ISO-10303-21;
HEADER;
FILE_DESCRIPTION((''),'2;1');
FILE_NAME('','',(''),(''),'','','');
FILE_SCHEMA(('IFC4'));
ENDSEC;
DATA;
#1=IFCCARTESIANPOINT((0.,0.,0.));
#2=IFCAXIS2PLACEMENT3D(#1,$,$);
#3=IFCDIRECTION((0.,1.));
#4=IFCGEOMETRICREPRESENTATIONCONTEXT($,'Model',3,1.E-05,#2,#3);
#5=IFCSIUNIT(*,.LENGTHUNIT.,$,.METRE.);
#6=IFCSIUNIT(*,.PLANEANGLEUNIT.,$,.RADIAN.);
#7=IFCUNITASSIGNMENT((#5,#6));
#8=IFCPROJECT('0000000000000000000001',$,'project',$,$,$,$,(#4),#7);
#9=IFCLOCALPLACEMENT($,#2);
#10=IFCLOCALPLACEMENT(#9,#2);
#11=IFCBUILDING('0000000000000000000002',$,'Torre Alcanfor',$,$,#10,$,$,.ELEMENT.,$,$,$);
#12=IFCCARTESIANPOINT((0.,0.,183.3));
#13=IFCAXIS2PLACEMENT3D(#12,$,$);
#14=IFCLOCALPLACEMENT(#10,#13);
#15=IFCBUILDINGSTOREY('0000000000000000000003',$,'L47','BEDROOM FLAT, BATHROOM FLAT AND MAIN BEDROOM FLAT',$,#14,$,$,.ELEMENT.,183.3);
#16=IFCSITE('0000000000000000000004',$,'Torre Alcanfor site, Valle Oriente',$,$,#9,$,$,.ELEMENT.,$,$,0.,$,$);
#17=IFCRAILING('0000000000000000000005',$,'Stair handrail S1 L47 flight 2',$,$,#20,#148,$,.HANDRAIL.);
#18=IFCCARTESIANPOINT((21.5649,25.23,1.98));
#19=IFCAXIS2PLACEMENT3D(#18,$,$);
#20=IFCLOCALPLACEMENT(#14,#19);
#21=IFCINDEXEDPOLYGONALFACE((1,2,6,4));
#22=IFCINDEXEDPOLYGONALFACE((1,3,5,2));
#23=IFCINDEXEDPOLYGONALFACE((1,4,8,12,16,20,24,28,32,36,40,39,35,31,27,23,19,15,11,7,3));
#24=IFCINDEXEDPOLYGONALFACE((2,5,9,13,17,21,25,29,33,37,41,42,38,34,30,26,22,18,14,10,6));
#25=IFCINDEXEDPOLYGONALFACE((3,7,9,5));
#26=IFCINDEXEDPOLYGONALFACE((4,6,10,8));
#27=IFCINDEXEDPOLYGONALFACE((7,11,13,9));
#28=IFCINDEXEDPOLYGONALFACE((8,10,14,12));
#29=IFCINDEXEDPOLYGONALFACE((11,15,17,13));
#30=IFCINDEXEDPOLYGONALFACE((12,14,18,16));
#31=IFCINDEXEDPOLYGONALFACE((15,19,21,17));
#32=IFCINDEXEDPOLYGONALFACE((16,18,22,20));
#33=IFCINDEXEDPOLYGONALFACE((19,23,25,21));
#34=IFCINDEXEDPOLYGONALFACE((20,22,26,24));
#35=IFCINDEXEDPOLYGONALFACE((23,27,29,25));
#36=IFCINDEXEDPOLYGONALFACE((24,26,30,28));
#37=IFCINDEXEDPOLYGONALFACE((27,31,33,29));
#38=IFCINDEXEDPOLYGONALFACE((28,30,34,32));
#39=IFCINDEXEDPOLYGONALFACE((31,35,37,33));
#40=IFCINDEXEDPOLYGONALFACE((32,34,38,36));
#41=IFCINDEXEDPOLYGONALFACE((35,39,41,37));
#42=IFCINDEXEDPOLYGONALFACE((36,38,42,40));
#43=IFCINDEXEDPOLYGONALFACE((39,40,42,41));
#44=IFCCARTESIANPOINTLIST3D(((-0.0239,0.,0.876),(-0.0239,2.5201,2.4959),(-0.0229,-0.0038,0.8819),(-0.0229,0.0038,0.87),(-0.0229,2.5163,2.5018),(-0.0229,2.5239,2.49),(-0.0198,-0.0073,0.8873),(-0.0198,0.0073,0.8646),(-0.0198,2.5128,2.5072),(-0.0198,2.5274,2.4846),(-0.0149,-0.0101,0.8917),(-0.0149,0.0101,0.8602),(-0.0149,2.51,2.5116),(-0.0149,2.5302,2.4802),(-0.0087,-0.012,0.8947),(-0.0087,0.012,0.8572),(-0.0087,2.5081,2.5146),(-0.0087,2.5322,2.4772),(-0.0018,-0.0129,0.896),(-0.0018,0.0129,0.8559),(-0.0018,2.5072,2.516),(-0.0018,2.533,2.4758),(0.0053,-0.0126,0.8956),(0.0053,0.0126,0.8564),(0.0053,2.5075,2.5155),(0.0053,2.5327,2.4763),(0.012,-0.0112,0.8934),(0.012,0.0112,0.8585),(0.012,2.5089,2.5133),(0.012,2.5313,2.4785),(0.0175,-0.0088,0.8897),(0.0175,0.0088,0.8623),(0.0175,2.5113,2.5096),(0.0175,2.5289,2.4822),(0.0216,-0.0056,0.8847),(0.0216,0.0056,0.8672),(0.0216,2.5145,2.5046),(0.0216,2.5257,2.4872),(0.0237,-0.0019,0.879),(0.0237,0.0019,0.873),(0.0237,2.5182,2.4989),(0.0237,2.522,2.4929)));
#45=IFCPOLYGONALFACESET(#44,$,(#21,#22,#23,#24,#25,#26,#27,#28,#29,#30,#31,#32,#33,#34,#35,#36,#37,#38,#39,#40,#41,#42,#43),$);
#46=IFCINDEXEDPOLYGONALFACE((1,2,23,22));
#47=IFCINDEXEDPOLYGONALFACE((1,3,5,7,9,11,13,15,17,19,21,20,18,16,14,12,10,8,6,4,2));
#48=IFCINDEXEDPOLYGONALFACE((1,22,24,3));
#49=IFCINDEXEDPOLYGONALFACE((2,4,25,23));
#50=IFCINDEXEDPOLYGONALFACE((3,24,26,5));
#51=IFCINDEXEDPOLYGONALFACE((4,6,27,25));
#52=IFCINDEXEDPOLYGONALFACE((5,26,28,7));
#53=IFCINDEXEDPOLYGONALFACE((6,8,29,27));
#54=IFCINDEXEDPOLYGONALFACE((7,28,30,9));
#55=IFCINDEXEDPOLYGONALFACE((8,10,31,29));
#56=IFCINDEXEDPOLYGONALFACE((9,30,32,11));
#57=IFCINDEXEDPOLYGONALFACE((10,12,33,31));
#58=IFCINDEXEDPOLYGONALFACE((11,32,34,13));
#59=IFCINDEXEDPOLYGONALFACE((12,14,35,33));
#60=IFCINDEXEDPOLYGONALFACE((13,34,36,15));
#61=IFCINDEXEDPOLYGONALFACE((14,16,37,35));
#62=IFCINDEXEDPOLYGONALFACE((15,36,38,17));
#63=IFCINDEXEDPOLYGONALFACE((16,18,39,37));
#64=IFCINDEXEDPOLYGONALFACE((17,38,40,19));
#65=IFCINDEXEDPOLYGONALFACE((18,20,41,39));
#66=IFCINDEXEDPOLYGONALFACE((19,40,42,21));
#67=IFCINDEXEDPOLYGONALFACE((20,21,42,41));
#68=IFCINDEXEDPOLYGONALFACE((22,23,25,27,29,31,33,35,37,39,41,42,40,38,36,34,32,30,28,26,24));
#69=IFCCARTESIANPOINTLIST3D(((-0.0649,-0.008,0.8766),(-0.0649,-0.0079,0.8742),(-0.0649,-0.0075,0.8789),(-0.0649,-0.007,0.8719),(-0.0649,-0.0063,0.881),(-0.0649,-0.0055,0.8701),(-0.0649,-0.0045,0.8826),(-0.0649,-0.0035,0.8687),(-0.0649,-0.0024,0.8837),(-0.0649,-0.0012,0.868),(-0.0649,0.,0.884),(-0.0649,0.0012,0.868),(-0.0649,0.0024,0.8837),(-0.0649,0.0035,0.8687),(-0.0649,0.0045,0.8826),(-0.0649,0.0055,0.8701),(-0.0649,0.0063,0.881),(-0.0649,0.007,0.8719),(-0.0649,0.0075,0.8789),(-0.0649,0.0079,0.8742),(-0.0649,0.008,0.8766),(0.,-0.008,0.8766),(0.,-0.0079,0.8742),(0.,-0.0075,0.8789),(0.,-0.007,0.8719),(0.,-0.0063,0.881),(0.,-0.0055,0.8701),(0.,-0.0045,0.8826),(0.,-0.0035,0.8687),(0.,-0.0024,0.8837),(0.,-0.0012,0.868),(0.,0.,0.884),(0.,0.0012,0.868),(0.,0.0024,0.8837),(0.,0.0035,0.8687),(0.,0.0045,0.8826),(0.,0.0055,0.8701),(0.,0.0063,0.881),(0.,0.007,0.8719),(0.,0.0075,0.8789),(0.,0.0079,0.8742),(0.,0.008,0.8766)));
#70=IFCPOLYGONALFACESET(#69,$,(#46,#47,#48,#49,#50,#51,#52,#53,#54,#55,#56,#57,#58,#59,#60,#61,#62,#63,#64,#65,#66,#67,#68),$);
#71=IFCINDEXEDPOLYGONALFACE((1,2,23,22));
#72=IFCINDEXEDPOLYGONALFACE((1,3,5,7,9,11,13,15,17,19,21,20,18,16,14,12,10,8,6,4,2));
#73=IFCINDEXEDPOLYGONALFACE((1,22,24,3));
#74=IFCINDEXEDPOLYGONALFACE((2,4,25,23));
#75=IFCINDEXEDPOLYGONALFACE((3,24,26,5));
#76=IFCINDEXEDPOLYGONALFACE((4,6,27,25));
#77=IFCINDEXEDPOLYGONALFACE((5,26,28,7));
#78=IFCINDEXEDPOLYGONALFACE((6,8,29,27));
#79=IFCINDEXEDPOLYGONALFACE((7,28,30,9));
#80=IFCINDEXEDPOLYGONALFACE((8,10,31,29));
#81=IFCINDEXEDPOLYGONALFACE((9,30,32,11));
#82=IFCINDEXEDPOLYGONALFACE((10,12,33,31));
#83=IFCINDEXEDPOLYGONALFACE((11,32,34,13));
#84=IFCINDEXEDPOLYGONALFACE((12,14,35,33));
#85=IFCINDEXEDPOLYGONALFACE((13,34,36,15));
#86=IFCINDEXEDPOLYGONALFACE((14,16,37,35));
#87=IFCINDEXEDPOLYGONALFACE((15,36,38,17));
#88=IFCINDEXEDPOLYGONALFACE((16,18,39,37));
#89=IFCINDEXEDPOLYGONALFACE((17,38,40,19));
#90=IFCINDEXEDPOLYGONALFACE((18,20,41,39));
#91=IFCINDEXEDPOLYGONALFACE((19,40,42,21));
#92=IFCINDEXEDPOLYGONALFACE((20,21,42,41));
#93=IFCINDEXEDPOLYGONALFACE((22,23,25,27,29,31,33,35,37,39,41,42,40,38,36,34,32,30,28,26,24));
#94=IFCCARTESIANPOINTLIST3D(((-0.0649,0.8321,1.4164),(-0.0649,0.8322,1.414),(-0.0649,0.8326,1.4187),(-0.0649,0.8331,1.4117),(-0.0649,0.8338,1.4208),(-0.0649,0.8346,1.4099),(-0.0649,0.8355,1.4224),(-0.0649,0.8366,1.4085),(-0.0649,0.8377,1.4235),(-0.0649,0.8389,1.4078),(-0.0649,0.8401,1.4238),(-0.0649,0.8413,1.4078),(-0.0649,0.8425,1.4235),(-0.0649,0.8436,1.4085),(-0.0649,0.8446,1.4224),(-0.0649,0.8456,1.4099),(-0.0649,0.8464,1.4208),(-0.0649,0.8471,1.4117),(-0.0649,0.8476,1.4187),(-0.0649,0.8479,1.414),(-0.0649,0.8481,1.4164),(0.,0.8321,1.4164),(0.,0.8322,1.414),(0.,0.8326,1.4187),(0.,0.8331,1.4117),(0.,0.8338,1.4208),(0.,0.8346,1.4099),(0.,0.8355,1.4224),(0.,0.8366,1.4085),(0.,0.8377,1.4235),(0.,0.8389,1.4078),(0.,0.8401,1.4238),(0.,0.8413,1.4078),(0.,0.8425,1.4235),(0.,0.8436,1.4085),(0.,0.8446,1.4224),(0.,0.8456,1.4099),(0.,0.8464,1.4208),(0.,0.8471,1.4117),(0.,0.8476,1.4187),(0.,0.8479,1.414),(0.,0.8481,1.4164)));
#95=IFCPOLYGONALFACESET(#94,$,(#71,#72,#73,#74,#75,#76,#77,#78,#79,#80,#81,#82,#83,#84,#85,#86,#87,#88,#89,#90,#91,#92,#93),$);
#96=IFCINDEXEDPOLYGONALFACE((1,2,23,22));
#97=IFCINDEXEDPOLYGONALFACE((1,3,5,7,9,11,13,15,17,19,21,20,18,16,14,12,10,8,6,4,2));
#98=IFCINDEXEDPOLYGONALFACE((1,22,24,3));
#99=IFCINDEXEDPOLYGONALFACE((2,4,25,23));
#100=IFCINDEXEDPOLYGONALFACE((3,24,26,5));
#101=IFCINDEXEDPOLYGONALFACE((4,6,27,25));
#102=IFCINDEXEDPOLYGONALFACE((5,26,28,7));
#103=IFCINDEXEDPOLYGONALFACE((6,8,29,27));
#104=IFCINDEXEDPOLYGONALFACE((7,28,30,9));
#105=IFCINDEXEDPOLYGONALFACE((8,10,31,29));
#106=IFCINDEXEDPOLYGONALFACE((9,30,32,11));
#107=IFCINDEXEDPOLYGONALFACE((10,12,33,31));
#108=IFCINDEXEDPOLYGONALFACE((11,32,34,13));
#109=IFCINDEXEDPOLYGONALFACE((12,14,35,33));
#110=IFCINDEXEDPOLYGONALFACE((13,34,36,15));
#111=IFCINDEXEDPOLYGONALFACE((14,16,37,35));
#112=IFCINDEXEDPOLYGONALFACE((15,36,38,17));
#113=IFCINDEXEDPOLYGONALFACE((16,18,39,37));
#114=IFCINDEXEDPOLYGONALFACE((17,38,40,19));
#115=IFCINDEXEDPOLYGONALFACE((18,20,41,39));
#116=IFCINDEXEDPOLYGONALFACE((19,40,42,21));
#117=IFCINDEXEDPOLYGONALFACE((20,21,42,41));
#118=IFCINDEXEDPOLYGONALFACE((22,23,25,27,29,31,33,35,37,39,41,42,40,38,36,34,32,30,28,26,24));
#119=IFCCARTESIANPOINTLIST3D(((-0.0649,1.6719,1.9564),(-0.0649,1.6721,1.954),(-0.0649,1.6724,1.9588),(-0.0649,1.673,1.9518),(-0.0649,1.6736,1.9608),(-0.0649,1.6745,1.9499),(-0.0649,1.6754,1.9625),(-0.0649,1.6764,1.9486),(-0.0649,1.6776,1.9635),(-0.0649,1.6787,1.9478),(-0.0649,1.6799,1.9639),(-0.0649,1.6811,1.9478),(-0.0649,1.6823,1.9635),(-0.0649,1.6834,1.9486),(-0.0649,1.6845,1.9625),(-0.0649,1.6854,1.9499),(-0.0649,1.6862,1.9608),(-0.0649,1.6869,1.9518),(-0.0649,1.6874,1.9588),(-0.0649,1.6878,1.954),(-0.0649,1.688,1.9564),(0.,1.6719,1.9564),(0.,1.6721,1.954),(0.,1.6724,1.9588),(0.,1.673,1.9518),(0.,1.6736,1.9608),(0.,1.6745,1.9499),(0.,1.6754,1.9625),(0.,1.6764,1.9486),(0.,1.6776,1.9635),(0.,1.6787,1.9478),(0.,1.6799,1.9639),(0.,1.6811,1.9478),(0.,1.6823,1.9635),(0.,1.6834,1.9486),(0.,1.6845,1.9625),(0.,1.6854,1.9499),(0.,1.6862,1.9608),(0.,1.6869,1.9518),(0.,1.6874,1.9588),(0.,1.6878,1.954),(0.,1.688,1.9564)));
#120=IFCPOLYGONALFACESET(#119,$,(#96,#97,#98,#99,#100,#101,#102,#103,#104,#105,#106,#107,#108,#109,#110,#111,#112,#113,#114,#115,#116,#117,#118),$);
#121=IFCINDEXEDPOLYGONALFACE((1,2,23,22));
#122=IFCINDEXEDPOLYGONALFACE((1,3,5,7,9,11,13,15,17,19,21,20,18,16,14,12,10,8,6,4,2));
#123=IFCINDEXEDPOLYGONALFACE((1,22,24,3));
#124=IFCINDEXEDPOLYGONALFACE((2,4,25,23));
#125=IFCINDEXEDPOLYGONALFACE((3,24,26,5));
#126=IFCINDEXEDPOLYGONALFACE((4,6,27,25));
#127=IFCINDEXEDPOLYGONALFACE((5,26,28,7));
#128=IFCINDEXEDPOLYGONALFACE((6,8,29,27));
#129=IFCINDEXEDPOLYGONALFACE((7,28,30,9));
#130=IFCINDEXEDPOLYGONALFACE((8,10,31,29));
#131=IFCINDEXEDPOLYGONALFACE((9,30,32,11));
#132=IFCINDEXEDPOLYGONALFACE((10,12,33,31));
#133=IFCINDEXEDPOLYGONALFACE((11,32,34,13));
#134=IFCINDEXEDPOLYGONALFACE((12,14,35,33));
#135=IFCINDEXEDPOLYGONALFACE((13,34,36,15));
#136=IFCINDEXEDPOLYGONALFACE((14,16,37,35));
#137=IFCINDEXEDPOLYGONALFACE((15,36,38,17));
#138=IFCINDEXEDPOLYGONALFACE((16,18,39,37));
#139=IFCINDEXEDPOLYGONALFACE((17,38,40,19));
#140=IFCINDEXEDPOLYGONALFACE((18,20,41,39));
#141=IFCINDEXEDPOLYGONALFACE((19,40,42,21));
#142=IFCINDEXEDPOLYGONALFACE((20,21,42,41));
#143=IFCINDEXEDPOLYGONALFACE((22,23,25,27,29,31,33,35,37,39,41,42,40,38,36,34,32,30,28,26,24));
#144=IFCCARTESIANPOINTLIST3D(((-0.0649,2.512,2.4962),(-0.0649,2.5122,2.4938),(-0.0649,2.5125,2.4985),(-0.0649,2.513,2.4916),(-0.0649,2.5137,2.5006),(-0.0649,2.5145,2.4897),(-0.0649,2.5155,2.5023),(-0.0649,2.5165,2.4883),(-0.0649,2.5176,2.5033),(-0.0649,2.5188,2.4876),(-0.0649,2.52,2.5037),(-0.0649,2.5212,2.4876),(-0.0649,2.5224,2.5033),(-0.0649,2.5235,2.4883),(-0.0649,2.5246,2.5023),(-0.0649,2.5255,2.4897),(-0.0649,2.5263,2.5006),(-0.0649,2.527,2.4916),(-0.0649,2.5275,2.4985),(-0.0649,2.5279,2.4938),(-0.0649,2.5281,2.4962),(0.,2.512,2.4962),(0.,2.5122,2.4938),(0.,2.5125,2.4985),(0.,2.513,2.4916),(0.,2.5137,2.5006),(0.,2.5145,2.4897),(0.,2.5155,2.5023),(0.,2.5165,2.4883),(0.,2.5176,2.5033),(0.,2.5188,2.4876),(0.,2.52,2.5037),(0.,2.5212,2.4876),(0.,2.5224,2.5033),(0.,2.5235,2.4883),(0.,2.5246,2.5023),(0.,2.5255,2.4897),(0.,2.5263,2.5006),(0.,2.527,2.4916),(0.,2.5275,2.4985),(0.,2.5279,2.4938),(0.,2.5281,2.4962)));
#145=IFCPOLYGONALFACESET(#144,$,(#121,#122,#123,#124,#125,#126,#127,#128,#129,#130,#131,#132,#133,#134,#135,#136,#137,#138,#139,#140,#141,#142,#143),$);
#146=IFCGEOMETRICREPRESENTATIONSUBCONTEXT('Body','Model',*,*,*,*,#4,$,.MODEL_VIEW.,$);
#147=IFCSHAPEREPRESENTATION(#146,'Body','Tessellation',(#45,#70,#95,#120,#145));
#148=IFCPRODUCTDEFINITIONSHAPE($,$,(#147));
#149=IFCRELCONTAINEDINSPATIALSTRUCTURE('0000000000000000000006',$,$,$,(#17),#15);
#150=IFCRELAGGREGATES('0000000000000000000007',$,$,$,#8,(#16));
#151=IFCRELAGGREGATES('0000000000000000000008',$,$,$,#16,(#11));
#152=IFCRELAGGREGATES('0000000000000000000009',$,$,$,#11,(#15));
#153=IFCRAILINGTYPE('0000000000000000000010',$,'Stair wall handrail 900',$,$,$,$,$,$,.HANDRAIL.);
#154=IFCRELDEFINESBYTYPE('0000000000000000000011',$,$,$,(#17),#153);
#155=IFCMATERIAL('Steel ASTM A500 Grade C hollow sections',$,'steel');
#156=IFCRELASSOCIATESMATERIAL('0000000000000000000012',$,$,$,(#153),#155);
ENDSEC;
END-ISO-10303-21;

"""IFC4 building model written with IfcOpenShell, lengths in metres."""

from ifc_helpers import new_model, si_unit, direction, frame, origin, origin_2d, place, context, subcontext, project, spatial, circle, extrude, material, type_object, element, save


model = new_model("IFC4")

# Units and contexts
model_context = context("Model", 3, precision=1e-05, world=origin(), true_north=direction((0.0, 1.0)))
body_context = subcontext(model_context, "Body", "Model", "MODEL_VIEW")
ifc_project = project(units=[si_unit("LENGTHUNIT", "METRE"), si_unit("PLANEANGLEUNIT", "RADIAN")], contexts=[model_context])

# Site, building, storey
site_placement = place(None, origin())
site = spatial("IfcSite", under=ifc_project, at=site_placement, Name="Torre Alcanfor site, Valle Oriente", CompositionType="ELEMENT", RefElevation=0.0)
building_placement = place(site_placement, origin())
building = spatial("IfcBuilding", under=site, at=building_placement, Name="Torre Alcanfor", CompositionType="ELEMENT")
storey_placement = place(building_placement, frame((0.0, 0.0, 183.3)))
storey = spatial("IfcBuildingStorey", under=building, at=storey_placement, Name="L47", Description="BEDROOM FLAT, BATHROOM FLAT AND MAIN BEDROOM FLAT", CompositionType="ELEMENT", Elevation=183.3)

# Railing
ifc_material_1 = material(Name="Steel ASTM A500 Grade C hollow sections", Category="steel")
railing_type_1 = type_object("IfcRailingType", Name="Stair wall handrail 900", PredefinedType="HANDRAIL", material=ifc_material_1)
railing_1_placement = place(storey_placement, frame((21.5649, 25.23, 1.98)))
element("IfcRailing", 1, at=railing_1_placement, inside=storey, type_object=railing_type_1, Name="Stair handrail S1 L47 flight 2", PredefinedType="HANDRAIL", context=body_context, shape_type="SweptSolid", body=[
    extrude(circle(Radius=0.0239, at=origin_2d()), frame((0.0, 0.0, 0.876), z_axis=(0.0, 0.8412, 0.540725), x_axis=(-1.0, 0.0, 0.0)), (0.0, 0.0, 1.0), 2.9958),
    extrude(circle(Radius=0.0081, at=origin_2d()), frame((0.0, 0.0, 0.876), z_axis=(-1.0, 0.0, 0.0), x_axis=(0.0, 0.0, 1.0)), (0.0, 0.0, 1.0), 0.0649),
    extrude(circle(Radius=0.0081, at=origin_2d()), frame((0.0, 0.8401, 1.4158), z_axis=(-1.0, 0.0, 0.0), x_axis=(0.0, 0.0, 1.0)), (0.0, 0.0, 1.0), 0.0649),
    extrude(circle(Radius=0.0081, at=origin_2d()), frame((0.0, 1.6799, 1.9558), z_axis=(-1.0, 0.0, 0.0), x_axis=(0.0, 0.0, 1.0)), (0.0, 0.0, 1.0), 0.0649),
    extrude(circle(Radius=0.0081, at=origin_2d()), frame((0.0, 2.52, 2.4956), z_axis=(-1.0, 0.0, 0.0), x_axis=(0.0, 0.0, 1.0)), (0.0, 0.0, 1.0), 0.0649),
])

save(model, "model.ifc")
